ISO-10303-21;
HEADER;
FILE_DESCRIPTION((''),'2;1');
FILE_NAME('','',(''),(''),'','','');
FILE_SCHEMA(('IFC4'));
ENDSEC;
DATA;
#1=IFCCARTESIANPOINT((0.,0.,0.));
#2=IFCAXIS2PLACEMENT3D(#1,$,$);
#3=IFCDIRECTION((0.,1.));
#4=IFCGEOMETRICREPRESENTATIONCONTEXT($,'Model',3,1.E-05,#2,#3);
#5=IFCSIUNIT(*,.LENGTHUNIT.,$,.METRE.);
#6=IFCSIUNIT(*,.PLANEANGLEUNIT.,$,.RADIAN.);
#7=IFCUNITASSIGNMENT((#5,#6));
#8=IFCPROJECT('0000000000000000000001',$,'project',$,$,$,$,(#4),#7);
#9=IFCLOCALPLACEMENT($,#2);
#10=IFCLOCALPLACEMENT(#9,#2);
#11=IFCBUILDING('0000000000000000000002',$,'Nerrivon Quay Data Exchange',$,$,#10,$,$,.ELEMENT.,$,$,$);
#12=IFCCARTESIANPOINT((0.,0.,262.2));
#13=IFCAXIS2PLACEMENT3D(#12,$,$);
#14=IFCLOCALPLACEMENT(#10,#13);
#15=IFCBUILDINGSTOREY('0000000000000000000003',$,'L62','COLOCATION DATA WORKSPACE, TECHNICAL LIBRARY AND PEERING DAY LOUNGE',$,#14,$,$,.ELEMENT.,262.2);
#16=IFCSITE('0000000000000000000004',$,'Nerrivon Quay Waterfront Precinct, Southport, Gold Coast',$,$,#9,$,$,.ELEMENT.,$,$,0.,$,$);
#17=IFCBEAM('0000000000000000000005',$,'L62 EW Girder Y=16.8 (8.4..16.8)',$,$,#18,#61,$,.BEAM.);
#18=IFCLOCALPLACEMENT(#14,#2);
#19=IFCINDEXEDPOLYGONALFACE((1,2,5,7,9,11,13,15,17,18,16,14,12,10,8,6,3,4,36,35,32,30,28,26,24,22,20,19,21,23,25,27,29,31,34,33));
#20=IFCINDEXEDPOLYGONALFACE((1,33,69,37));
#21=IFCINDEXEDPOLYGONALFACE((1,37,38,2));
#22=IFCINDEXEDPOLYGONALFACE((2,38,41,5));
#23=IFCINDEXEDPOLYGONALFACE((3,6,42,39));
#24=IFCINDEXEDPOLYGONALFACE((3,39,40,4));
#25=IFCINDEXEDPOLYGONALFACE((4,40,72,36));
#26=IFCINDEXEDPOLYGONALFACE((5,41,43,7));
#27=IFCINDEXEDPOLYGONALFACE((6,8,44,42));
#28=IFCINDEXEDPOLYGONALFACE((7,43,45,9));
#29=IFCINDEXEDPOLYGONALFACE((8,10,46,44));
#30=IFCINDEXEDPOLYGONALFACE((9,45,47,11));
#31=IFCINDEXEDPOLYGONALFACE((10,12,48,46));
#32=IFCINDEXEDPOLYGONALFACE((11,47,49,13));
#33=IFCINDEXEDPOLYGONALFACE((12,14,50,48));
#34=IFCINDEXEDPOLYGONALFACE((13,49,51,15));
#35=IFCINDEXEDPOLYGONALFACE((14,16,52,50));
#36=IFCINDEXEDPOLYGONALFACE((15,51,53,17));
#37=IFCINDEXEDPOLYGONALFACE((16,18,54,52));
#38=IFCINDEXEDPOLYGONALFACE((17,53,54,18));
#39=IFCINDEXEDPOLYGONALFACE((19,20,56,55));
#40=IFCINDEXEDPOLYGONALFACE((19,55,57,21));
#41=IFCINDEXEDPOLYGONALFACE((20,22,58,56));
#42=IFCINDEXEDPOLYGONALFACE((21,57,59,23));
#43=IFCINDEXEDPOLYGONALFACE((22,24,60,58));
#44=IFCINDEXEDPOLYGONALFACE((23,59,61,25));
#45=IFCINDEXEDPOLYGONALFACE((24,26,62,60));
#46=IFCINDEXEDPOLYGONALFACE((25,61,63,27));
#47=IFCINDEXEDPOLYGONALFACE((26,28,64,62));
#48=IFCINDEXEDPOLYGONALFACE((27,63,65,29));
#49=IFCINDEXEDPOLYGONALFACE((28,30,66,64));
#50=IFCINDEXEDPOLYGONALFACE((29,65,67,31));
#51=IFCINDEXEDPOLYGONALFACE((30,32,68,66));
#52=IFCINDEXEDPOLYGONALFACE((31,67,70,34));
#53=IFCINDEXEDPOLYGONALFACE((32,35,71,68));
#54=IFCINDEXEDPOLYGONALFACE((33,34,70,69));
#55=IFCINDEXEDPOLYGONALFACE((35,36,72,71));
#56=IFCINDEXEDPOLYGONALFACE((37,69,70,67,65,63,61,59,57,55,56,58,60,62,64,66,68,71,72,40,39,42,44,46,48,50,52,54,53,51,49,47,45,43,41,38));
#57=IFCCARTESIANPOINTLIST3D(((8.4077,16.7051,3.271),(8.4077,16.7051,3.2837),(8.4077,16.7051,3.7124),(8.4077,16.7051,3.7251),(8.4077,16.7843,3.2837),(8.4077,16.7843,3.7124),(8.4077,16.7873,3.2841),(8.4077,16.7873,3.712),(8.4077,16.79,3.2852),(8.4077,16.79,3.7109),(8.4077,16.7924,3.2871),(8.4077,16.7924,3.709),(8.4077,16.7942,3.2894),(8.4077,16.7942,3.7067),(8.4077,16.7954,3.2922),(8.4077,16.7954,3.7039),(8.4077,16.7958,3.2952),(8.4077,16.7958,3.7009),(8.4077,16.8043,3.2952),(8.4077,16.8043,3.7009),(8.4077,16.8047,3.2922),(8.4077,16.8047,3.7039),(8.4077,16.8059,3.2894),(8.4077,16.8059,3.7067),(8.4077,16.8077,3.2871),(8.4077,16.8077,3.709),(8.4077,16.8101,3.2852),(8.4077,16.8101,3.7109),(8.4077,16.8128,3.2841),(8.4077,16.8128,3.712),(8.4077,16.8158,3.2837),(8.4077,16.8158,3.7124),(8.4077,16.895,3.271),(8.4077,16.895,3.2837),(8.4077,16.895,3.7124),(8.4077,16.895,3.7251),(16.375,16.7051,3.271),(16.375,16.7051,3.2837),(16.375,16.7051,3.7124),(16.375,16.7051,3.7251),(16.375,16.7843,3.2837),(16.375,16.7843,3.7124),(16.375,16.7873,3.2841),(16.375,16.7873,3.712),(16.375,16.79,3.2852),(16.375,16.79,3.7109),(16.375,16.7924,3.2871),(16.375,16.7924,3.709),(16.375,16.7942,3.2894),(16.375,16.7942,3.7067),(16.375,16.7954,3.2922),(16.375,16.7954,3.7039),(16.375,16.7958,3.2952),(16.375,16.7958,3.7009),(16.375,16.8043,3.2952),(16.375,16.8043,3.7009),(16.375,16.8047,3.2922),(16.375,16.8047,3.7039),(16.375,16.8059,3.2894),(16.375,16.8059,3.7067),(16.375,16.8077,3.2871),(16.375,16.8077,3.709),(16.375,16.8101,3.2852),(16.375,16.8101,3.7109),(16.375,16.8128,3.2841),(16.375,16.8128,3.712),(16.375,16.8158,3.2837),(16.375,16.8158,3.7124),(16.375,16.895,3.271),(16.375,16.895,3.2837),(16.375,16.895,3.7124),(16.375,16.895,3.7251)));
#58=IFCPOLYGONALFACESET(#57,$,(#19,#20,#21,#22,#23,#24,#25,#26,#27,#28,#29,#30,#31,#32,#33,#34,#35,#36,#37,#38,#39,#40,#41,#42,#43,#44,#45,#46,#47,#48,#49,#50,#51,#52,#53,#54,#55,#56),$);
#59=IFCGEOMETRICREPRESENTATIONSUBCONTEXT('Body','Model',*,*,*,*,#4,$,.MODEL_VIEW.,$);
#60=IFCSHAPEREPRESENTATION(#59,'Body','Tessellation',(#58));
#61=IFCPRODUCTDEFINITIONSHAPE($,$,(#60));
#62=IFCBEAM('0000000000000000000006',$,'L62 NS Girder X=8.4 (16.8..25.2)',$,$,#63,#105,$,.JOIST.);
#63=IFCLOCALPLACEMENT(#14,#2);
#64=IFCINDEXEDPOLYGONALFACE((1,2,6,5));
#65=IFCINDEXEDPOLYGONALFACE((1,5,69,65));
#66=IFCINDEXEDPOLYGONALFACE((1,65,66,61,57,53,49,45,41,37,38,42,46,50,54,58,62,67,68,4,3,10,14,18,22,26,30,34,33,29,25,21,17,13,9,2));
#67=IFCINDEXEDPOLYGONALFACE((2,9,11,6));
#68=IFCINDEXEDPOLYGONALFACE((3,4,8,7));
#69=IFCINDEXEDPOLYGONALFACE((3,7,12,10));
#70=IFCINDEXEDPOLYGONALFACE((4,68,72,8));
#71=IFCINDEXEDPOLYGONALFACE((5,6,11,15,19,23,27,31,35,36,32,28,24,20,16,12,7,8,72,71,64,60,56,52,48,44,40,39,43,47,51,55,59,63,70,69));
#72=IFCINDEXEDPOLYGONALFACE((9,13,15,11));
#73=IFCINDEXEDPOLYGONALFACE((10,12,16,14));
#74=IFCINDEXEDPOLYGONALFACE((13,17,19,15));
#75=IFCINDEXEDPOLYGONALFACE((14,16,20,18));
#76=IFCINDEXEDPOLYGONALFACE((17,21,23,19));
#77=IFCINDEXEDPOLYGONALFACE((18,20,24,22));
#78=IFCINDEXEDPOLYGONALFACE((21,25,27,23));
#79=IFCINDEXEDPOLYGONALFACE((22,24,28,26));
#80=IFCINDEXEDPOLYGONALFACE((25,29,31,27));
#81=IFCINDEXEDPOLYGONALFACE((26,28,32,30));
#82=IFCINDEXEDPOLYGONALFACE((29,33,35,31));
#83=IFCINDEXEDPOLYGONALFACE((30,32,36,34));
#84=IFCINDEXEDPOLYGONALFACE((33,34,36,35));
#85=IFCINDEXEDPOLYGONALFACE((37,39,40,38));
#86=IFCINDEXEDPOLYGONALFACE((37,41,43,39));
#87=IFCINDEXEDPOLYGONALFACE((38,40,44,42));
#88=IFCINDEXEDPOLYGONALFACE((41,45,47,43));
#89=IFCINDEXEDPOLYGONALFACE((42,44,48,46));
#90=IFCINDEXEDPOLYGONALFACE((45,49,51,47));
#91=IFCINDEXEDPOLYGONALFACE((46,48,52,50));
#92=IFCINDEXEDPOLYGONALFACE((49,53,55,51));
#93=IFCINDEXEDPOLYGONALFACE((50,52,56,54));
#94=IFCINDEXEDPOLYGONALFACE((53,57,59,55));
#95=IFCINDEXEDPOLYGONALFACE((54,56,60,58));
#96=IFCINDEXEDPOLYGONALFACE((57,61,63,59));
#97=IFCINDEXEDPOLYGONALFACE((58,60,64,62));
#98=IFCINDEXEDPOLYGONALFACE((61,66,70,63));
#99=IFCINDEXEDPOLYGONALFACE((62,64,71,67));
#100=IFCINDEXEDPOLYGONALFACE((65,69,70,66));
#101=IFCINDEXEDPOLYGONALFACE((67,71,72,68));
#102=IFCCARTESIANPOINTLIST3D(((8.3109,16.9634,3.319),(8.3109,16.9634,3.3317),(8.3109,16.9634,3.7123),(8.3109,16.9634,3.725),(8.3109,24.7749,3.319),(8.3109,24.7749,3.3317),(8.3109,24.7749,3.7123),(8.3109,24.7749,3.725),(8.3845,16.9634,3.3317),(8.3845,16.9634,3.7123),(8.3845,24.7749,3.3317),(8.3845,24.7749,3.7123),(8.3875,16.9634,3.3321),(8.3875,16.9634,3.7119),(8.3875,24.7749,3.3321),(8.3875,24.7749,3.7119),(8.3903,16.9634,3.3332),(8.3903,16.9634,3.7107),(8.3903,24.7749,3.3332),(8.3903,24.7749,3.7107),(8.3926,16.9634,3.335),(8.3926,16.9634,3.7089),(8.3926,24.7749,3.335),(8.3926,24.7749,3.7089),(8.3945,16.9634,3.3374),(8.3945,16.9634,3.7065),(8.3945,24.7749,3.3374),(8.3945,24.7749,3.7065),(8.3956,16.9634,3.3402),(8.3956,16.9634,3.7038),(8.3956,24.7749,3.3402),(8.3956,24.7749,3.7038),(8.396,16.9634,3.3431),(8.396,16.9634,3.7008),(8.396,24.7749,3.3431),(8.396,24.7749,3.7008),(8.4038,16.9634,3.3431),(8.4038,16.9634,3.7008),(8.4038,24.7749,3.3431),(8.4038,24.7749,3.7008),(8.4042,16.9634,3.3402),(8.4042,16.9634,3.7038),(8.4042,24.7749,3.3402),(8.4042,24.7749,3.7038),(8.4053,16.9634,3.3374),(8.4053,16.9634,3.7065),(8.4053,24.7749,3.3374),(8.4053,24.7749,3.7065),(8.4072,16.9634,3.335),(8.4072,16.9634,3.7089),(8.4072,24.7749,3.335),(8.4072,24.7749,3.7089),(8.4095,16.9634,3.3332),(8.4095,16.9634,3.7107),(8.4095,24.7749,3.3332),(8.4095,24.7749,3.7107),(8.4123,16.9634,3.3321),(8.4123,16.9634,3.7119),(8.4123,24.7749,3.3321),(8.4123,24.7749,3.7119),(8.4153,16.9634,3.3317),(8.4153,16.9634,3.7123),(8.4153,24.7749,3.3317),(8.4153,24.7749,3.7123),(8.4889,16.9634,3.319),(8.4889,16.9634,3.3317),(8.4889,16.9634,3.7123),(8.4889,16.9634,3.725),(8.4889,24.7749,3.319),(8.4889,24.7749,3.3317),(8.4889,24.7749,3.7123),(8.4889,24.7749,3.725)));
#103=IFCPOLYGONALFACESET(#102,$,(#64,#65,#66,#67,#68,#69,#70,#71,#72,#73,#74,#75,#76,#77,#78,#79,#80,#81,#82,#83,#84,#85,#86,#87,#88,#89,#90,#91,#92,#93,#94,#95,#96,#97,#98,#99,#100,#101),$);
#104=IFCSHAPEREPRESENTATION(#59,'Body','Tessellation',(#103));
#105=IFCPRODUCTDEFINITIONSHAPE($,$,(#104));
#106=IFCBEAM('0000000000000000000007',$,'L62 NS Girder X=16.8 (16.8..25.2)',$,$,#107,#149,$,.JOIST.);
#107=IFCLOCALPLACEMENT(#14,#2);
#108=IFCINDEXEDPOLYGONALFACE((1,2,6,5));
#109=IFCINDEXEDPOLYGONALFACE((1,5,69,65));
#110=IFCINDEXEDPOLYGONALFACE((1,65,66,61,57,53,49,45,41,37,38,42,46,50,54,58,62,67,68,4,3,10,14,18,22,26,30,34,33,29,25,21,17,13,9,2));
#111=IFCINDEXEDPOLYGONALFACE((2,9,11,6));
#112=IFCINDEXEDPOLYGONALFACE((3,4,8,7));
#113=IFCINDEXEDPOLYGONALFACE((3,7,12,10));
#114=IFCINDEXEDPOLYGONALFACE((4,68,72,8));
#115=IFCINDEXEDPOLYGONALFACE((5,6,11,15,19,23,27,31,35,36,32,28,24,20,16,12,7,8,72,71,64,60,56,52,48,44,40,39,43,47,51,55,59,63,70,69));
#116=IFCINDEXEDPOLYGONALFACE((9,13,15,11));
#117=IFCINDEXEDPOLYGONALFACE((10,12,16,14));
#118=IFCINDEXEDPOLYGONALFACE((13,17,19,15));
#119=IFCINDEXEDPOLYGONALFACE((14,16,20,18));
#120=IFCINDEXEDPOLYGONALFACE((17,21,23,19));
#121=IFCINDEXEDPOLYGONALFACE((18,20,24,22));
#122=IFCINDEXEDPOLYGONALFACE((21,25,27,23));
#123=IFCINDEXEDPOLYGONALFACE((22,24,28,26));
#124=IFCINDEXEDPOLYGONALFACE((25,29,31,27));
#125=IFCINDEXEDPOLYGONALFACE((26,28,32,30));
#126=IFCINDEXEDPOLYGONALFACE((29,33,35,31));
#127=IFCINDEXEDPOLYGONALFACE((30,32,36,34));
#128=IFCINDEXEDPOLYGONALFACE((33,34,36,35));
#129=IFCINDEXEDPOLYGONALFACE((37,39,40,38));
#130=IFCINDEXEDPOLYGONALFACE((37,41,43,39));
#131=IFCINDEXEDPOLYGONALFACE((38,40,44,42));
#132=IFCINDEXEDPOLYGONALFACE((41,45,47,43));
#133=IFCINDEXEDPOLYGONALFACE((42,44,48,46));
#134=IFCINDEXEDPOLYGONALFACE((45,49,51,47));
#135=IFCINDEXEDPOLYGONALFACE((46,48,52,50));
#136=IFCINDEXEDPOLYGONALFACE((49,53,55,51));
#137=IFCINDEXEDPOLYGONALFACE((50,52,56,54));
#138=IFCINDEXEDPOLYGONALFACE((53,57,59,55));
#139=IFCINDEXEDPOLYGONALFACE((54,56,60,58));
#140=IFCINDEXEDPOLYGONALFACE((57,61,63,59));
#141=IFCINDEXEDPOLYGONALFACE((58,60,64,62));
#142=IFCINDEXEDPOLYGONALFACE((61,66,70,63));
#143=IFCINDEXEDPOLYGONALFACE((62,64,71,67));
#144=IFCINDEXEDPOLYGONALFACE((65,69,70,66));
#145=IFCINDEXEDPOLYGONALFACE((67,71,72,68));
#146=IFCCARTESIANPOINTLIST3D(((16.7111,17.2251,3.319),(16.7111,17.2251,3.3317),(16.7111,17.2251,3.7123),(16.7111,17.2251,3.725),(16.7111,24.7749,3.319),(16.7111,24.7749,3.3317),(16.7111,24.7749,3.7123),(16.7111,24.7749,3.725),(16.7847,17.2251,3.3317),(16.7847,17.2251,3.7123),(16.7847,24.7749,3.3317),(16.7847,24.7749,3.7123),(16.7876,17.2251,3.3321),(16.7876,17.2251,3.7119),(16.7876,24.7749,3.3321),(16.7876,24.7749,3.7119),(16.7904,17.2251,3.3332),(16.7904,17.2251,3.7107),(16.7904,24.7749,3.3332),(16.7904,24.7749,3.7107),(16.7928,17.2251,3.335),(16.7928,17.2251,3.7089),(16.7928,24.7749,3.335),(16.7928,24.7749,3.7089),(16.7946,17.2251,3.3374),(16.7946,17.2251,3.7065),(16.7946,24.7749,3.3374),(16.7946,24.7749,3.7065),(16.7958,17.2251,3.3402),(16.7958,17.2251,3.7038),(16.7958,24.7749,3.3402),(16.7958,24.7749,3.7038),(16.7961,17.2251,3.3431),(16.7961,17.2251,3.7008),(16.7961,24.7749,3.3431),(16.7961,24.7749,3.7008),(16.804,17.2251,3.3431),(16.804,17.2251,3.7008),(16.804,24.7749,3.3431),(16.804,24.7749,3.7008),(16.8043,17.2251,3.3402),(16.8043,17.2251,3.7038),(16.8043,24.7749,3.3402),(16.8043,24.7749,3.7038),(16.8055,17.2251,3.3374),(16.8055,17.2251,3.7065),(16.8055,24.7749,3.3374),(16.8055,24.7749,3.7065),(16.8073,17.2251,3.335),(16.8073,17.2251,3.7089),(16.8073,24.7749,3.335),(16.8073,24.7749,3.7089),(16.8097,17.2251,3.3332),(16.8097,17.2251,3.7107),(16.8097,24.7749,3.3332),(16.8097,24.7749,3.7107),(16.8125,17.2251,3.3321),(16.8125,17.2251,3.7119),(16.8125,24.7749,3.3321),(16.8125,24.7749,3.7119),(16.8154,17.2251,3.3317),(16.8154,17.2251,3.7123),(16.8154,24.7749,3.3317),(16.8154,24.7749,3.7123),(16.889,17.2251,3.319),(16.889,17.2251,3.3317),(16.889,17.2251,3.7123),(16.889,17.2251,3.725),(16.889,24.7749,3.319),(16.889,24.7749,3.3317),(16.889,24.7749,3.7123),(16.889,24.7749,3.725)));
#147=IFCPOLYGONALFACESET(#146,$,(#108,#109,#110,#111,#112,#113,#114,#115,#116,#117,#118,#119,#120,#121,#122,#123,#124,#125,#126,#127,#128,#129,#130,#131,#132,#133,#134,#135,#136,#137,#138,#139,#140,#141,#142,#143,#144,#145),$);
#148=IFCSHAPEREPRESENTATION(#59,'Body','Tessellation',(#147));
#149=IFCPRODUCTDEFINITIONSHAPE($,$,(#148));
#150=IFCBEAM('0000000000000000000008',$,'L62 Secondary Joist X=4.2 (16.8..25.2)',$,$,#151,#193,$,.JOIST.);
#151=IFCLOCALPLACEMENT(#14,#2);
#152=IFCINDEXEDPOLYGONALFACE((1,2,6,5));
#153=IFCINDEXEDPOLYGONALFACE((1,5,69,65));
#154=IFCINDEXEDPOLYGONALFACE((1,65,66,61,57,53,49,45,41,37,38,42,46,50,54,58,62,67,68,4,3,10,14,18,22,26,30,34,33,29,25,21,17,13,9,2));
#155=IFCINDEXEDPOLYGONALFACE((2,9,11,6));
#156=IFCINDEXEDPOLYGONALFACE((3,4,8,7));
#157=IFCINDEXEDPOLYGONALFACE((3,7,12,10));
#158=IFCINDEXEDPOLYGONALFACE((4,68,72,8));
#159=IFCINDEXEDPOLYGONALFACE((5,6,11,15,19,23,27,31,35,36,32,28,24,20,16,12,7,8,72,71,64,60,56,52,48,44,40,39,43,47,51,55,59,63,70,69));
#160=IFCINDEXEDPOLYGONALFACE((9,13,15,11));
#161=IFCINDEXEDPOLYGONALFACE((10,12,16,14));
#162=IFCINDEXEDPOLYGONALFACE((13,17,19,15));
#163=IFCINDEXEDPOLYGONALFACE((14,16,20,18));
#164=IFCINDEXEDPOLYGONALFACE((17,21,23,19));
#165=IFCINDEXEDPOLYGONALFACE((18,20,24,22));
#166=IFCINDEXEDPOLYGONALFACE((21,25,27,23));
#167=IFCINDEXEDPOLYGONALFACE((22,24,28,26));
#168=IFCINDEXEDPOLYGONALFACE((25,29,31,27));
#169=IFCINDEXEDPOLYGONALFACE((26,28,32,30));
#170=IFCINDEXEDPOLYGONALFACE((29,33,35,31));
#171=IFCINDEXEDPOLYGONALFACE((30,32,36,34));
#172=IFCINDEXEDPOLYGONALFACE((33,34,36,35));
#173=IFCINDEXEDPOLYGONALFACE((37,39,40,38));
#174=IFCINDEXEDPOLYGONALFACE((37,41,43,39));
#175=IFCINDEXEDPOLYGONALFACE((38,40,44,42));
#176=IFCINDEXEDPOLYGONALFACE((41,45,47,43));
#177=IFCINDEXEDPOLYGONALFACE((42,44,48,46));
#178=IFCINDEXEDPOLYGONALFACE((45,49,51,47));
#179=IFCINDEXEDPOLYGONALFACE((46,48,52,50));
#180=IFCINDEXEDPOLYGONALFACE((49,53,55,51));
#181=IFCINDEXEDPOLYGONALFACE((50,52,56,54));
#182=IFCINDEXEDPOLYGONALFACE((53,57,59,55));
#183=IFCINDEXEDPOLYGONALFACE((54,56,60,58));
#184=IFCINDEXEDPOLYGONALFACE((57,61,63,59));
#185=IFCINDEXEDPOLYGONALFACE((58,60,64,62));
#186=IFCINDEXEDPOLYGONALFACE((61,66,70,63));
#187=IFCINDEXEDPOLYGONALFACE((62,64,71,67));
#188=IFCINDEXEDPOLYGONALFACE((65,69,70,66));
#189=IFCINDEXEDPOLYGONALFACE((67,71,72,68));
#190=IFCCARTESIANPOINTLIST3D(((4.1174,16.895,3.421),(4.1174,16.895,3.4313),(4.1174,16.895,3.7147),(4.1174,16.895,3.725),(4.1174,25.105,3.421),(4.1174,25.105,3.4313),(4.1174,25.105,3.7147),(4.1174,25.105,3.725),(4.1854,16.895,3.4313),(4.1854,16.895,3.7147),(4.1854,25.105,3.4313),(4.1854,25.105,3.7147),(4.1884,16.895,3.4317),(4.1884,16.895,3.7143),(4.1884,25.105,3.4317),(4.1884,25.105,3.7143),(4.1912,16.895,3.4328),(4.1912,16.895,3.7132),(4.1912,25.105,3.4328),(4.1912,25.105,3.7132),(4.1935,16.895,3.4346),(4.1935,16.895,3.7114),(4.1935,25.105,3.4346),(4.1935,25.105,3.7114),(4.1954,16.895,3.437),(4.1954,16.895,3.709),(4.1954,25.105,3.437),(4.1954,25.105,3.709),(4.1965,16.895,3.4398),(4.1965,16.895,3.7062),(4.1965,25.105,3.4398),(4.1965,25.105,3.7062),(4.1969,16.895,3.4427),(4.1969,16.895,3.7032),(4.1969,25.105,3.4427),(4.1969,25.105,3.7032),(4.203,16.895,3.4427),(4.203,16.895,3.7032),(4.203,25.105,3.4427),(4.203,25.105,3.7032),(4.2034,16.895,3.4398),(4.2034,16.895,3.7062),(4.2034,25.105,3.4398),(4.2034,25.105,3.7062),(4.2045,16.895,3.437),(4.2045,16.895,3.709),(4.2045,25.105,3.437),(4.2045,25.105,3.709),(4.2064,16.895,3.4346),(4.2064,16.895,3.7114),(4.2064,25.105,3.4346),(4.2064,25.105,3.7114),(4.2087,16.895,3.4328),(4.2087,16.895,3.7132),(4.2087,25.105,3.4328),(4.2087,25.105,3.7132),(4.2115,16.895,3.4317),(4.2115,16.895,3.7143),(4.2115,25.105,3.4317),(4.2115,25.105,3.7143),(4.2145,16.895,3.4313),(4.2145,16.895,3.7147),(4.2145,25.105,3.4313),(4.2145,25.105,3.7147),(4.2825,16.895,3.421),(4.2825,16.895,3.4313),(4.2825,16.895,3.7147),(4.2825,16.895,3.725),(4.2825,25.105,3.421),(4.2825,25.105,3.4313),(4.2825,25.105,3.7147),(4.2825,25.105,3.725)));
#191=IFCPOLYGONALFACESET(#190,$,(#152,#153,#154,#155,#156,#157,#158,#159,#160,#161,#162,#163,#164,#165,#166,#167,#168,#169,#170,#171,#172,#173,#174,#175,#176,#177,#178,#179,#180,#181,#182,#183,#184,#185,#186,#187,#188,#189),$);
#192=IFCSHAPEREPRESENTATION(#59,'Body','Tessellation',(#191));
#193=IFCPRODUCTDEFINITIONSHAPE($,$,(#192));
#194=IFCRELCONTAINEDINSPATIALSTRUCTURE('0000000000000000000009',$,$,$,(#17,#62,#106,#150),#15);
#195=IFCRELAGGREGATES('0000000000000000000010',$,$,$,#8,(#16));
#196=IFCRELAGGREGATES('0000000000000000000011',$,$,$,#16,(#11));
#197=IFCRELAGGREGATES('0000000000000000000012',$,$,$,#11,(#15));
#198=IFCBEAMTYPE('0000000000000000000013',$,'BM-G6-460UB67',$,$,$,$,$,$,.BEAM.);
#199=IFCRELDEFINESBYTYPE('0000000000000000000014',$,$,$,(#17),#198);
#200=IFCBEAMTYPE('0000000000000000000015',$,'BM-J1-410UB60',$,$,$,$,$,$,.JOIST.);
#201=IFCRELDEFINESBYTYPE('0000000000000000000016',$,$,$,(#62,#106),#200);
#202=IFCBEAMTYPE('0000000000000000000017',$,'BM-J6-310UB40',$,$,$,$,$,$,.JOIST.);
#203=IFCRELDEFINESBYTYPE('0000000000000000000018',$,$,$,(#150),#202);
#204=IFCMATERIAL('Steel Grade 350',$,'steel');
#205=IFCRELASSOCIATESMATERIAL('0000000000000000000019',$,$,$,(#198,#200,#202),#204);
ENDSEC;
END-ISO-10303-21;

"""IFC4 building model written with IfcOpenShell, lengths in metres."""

from ifc_helpers import new_model, si_unit, direction, frame, origin, origin_2d, place, context, subcontext, project, spatial, i_section, extrude, material, material_profile, profile_set, type_object, element, save


model = new_model("IFC4")

# Units and contexts
model_context = context("Model", 3, precision=1e-05, world=origin(), true_north=direction((0.0, 1.0)))
body_context = subcontext(model_context, "Body", "Model", "MODEL_VIEW")
ifc_project = project(units=[si_unit("LENGTHUNIT", "METRE"), si_unit("PLANEANGLEUNIT", "RADIAN")], contexts=[model_context])

# Site, building, storey
site_placement = place(None, origin())
site = spatial("IfcSite", under=ifc_project, at=site_placement, Name="Nerrivon Quay Waterfront Precinct, Southport, Gold Coast", CompositionType="ELEMENT", RefElevation=0.0)
building_placement = place(site_placement, origin())
building = spatial("IfcBuilding", under=site, at=building_placement, Name="Nerrivon Quay Data Exchange", CompositionType="ELEMENT")
storey_placement = place(building_placement, frame((0.0, 0.0, 262.2)))
storey = spatial("IfcBuildingStorey", under=building, at=storey_placement, Name="L62", Description="COLOCATION DATA WORKSPACE, TECHNICAL LIBRARY AND PEERING DAY LOUNGE", CompositionType="ELEMENT", Elevation=262.2)

# Shared definitions
ifc_material_1 = material(Name="Steel Grade 350", Category="steel")

# Beams
ifc_material_profile_1 = material_profile(ifc_material_1, i_section(OverallWidth=0.1899, OverallDepth=0.4541, WebThickness=0.0085, FlangeThickness=0.0127, FilletRadius=0.0115, at=origin_2d()), Name="460UB67.1")
ifc_profile_set_1 = profile_set([ifc_material_profile_1], Name="Steel Grade 350")
beam_type_1 = type_object("IfcBeamType", Name="BM-G6-460UB67", PredefinedType="BEAM", material=ifc_profile_set_1)
beam_1_placement = place(storey_placement, frame((8.4077, 16.8, 3.498), z_axis=(1.0, 0.0, 0.0), x_axis=(0.0, 1.0, 0.0)))
element("IfcBeam", 1, at=beam_1_placement, inside=storey, type_object=beam_type_1, Name="L62 EW Girder Y=16.8 (8.4..16.8)", PredefinedType="BEAM", context=body_context, shape_type="SweptSolid", body=[
    extrude(i_section(OverallWidth=0.1899, OverallDepth=0.4541, WebThickness=0.0085, FlangeThickness=0.0127, FilletRadius=0.0115, at=origin_2d()), origin(), (0.0, 0.0, 1.0), 7.9673),
])
ifc_material_profile_2 = material_profile(ifc_material_1, i_section(OverallWidth=0.178, OverallDepth=0.406, WebThickness=0.0078, FlangeThickness=0.0127, FilletRadius=0.0115, at=origin_2d()), Name="410UB59.7")
ifc_profile_set_2 = profile_set([ifc_material_profile_2], Name="Steel Grade 350")
beam_type_2 = type_object("IfcBeamType", Name="BM-J1-410UB60", PredefinedType="JOIST", material=ifc_profile_set_2)
beam_2_placement = place(storey_placement, frame((8.3999, 16.9634, 3.522), z_axis=(0.0, 1.0, 0.0), x_axis=(-1.0, 0.0, 0.0)))
element("IfcBeam", 2, at=beam_2_placement, inside=storey, type_object=beam_type_2, Name="L62 NS Girder X=8.4 (16.8..25.2)", PredefinedType="JOIST", context=body_context, shape_type="SweptSolid", body=[
    extrude(i_section(OverallWidth=0.178, OverallDepth=0.406, WebThickness=0.0078, FlangeThickness=0.0127, FilletRadius=0.0115, at=origin_2d()), origin(), (0.0, 0.0, 1.0), 7.8115),
])
beam_3_placement = place(storey_placement, frame((16.8, 17.2251, 3.522), z_axis=(0.0, 1.0, 0.0), x_axis=(-1.0, 0.0, 0.0)))
element("IfcBeam", 3, at=beam_3_placement, inside=storey, type_object=beam_type_2, Name="L62 NS Girder X=16.8 (16.8..25.2)", PredefinedType="JOIST", context=body_context, shape_type="SweptSolid", body=[
    extrude(i_section(OverallWidth=0.178, OverallDepth=0.406, WebThickness=0.0078, FlangeThickness=0.0127, FilletRadius=0.0115, at=origin_2d()), origin(), (0.0, 0.0, 1.0), 7.5498),
])
ifc_material_profile_3 = material_profile(ifc_material_1, i_section(OverallWidth=0.165, OverallDepth=0.304, WebThickness=0.0061, FlangeThickness=0.0103, FilletRadius=0.0115, at=origin_2d()), Name="310UB40.4")
ifc_profile_set_3 = profile_set([ifc_material_profile_3], Name="Steel Grade 350")
beam_type_3 = type_object("IfcBeamType", Name="BM-J6-310UB40", PredefinedType="JOIST", material=ifc_profile_set_3)
beam_4_placement = place(storey_placement, frame((4.2, 16.895, 3.573), z_axis=(0.0, 1.0, 0.0), x_axis=(-1.0, 0.0, 0.0)))
element("IfcBeam", 4, at=beam_4_placement, inside=storey, type_object=beam_type_3, Name="L62 Secondary Joist X=4.2 (16.8..25.2)", PredefinedType="JOIST", context=body_context, shape_type="SweptSolid", body=[
    extrude(i_section(OverallWidth=0.165, OverallDepth=0.304, WebThickness=0.0061, FlangeThickness=0.0103, FilletRadius=0.0115, at=origin_2d()), origin(), (0.0, 0.0, 1.0), 8.21),
])

save(model, "model.ifc")
